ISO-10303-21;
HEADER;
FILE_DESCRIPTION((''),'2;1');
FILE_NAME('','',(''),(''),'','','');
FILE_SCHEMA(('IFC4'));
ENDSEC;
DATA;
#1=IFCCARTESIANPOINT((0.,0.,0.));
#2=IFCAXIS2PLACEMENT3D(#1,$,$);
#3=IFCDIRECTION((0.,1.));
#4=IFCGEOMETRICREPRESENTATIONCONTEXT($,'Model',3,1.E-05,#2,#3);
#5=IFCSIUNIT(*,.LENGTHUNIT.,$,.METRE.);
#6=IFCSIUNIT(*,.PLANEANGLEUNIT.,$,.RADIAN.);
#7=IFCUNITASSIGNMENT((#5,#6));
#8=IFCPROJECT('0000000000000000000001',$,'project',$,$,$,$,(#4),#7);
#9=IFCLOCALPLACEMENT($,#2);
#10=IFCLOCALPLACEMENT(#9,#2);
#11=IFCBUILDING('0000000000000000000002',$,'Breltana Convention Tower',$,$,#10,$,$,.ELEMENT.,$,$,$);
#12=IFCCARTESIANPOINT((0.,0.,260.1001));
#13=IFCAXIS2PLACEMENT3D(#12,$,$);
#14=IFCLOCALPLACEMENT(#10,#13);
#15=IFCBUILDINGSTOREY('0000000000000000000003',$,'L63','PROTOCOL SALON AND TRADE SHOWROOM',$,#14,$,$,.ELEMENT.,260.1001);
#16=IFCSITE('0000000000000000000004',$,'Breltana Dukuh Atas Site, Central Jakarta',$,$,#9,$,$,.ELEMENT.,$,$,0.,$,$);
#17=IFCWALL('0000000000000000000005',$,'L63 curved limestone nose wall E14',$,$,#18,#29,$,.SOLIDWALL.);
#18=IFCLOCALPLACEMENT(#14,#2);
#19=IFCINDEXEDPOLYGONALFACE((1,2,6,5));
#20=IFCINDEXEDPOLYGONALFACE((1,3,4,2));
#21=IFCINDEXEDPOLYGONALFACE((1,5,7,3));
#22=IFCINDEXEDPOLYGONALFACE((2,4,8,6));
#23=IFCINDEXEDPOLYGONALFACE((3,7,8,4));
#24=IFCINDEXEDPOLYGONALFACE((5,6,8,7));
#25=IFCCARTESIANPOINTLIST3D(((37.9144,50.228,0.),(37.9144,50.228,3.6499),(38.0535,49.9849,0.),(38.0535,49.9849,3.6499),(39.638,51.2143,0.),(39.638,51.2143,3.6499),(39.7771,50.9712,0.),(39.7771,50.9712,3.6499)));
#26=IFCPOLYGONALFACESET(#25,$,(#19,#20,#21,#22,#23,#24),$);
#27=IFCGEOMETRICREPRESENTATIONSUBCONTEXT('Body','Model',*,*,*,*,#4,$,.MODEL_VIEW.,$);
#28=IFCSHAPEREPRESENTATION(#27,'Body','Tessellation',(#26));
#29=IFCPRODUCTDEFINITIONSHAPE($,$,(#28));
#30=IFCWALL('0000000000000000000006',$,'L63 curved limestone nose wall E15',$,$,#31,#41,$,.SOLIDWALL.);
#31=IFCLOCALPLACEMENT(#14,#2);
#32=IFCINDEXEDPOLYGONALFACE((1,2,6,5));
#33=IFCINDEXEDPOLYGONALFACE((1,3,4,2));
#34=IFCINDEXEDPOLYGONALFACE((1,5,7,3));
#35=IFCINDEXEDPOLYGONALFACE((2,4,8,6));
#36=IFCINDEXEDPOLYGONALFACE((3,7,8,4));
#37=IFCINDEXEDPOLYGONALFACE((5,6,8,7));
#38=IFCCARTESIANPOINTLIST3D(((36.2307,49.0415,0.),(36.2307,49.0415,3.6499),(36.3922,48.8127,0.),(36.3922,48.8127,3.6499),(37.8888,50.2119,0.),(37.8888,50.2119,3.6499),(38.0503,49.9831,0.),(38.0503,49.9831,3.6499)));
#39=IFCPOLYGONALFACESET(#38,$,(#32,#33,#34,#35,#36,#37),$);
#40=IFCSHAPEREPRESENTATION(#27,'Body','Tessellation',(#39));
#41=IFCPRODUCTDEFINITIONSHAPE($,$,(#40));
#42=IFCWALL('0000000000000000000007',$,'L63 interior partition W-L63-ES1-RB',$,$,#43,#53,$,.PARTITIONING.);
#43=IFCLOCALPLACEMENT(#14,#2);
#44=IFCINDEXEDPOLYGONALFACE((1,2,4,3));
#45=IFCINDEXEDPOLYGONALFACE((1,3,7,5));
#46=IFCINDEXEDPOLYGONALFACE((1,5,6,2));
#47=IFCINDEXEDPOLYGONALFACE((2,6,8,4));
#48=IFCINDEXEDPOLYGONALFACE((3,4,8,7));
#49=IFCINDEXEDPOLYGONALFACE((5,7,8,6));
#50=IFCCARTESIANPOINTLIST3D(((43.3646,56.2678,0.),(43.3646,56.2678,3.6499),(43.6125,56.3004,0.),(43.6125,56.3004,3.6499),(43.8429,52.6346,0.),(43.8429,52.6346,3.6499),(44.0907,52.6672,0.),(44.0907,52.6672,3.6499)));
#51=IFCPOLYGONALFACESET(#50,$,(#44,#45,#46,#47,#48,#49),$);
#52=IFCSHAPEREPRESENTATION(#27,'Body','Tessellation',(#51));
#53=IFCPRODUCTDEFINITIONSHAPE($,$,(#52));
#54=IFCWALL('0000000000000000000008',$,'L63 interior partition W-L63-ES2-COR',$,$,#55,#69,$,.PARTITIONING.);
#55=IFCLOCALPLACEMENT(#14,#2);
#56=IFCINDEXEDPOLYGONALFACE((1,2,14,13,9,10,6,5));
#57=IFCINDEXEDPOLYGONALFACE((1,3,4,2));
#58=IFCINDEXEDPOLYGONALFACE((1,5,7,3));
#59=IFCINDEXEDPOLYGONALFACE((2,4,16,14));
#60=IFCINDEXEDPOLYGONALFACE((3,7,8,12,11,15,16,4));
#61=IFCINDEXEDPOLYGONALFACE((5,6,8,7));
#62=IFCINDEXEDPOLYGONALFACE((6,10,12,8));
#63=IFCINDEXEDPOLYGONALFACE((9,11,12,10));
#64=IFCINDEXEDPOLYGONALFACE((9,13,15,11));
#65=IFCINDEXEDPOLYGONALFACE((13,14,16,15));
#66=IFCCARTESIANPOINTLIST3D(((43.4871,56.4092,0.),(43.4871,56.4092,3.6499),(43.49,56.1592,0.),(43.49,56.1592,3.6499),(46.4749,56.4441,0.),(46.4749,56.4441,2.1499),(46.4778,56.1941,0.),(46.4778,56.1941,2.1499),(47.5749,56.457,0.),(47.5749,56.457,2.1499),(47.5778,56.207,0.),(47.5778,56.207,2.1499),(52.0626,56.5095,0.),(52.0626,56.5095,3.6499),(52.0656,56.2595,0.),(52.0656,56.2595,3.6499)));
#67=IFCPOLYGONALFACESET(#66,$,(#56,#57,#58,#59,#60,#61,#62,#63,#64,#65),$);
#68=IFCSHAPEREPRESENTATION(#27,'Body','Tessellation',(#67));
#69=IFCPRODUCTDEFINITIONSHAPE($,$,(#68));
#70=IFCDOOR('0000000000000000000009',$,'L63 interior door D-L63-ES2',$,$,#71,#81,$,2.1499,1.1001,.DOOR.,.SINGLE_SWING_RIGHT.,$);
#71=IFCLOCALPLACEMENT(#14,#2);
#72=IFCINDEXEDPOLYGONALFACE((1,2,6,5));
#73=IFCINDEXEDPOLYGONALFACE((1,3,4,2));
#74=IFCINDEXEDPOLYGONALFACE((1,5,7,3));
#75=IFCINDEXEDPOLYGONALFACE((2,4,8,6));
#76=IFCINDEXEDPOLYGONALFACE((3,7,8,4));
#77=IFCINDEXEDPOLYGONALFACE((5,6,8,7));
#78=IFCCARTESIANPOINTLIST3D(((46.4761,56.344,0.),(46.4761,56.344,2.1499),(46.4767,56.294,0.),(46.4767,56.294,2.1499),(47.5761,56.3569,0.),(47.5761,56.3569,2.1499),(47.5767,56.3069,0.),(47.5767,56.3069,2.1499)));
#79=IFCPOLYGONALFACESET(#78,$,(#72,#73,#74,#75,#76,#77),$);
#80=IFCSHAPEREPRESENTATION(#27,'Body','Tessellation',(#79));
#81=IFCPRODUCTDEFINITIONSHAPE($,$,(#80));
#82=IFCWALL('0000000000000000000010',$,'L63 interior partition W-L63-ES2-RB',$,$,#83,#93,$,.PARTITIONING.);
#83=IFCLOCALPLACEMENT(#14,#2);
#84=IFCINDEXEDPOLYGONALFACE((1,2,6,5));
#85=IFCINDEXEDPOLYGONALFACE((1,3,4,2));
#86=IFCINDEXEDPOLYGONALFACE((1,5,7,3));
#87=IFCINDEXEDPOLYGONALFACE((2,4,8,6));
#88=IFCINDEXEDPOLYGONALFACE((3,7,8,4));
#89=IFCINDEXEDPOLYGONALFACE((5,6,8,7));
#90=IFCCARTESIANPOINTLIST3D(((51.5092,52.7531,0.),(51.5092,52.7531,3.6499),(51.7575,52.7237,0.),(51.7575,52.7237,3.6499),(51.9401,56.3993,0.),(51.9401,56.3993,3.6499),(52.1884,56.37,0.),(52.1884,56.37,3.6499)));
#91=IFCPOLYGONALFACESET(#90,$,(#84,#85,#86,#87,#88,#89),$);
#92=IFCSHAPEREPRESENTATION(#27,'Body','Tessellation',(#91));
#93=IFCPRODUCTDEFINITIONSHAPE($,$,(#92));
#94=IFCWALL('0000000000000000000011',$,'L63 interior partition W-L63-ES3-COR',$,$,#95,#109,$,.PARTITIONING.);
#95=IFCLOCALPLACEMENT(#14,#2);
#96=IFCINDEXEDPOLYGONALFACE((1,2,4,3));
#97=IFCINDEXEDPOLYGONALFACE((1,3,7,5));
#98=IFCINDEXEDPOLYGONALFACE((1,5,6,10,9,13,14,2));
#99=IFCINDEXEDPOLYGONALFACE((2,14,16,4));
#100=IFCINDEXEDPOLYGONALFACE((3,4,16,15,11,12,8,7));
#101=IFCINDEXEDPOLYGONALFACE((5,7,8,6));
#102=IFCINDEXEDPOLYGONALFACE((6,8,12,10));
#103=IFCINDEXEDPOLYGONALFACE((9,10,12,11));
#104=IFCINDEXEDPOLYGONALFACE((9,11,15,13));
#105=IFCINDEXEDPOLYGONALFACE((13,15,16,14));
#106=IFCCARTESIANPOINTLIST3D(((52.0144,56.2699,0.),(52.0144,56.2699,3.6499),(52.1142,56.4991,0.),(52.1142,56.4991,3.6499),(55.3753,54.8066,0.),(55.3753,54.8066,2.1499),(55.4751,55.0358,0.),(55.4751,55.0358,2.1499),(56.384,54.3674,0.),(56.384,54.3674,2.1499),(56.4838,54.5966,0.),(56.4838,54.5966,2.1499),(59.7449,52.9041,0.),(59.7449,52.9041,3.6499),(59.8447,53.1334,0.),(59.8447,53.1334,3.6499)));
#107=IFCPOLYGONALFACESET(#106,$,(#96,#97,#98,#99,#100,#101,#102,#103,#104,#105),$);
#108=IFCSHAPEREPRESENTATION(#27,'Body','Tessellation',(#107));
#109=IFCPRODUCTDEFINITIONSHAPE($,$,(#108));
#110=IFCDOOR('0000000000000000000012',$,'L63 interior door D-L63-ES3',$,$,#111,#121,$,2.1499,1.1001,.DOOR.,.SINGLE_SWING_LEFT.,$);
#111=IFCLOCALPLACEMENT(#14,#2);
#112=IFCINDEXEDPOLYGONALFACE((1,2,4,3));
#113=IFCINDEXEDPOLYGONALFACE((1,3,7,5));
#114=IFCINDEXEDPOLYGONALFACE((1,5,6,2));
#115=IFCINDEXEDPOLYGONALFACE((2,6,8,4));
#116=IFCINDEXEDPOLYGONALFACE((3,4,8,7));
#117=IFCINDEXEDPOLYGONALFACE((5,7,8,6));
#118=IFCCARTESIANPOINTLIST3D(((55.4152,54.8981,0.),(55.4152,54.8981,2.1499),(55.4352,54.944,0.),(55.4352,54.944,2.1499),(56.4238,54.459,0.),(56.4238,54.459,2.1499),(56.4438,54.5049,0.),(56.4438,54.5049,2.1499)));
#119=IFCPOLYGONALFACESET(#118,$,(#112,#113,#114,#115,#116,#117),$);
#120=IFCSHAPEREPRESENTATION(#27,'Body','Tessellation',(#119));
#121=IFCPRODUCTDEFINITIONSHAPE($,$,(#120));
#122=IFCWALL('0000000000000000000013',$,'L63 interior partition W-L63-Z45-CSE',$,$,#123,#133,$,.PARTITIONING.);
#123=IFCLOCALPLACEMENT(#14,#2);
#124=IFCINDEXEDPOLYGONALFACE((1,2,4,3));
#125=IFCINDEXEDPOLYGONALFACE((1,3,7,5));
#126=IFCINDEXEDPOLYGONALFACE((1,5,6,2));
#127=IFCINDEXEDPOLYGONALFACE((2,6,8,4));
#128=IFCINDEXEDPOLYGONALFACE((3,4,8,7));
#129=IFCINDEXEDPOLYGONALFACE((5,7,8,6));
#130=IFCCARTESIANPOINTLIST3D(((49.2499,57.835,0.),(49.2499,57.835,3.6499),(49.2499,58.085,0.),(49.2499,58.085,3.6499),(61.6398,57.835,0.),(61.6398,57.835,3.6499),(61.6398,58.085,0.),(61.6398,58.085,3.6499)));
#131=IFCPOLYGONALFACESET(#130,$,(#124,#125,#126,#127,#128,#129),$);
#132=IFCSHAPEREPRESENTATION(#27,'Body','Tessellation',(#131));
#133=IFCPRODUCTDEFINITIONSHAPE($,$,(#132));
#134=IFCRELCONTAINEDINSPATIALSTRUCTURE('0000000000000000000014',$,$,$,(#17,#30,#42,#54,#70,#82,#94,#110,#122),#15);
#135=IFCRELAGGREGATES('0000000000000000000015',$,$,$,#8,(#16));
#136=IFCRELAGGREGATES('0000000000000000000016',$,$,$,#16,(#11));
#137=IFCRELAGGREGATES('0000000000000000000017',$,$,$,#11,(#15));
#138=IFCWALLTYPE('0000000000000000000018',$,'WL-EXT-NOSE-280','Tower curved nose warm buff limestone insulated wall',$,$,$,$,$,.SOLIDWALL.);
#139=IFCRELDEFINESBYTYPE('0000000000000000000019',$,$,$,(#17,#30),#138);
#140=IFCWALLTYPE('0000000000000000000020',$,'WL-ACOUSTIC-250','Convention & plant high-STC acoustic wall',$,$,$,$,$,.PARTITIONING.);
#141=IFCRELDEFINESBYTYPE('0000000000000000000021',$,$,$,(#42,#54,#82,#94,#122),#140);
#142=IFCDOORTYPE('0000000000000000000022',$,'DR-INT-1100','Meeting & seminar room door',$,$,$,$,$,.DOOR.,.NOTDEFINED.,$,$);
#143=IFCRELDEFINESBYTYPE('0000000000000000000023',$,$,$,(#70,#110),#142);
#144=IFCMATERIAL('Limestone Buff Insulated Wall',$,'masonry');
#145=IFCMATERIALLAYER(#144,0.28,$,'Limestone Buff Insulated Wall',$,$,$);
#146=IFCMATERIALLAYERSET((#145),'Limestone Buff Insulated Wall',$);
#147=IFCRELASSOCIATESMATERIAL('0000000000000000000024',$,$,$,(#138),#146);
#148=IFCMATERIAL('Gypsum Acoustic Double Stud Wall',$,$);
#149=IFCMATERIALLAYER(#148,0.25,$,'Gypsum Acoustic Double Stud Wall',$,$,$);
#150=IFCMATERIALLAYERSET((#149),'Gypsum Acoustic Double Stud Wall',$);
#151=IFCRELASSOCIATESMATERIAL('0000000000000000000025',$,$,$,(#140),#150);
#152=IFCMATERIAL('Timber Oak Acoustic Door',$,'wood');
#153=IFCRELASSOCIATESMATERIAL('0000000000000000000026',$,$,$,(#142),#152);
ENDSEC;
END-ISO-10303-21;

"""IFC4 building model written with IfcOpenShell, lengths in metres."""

from ifc_helpers import new_model, si_unit, direction, frame, frame_2d, origin, place, context, subcontext, project, spatial, rectangle, extrude, source, transform, mapped, material, layer, layer_set, type_object, type_shapes, element, fill, save


model = new_model("IFC4")

# Units and contexts
model_context = context("Model", 3, precision=1e-05, world=origin(), true_north=direction((0.0, 1.0)))
body_context = subcontext(model_context, "Body", "Model", "MODEL_VIEW")
ifc_project = project(units=[si_unit("LENGTHUNIT", "METRE"), si_unit("PLANEANGLEUNIT", "RADIAN")], contexts=[model_context])

# Site, building, storey
site_placement = place(None, origin())
site = spatial("IfcSite", under=ifc_project, at=site_placement, Name="Breltana Dukuh Atas Site, Central Jakarta", CompositionType="ELEMENT", RefElevation=0.0)
building_placement = place(site_placement, origin())
building = spatial("IfcBuilding", under=site, at=building_placement, Name="Breltana Convention Tower", CompositionType="ELEMENT")
storey_placement = place(building_placement, frame((0.0, 0.0, 260.1001)))
storey = spatial("IfcBuildingStorey", under=building, at=storey_placement, Name="L63", Description="PROTOCOL SALON AND TRADE SHOWROOM", CompositionType="ELEMENT", Elevation=260.1001)

# Walls
ifc_material_1 = material(Name="Limestone Buff Insulated Wall", Category="masonry")
ifc_layer_1 = layer(ifc_material_1, 0.28, Name="Limestone Buff Insulated Wall")
ifc_layer_set_1 = layer_set([ifc_layer_1], Name="Limestone Buff Insulated Wall")
wall_type_1 = type_object("IfcWallType", Name="WL-EXT-NOSE-280", Description="Tower curved nose warm buff limestone insulated wall", PredefinedType="SOLIDWALL", material=ifc_layer_set_1)
shared_shape_1 = source(origin(), body_context, "Body", "SweptSolid", [
    extrude(rectangle(XDim=1.9858, YDim=0.28, at=frame_2d((0.9929, 0.0))), origin(), (0.0, 0.0, 1.0), 3.6499),
])
wall_1_placement = place(storey_placement, frame((39.7075, 51.0928, 0.0), z_axis=(0.0, 0.0, 1.0), x_axis=(-0.86794, -0.496668, 0.0)))
element("IfcWall", 1, at=wall_1_placement, inside=storey, type_object=wall_type_1, Name="L63 curved limestone nose wall E14", PredefinedType="SOLIDWALL", context=body_context, shape_type="MappedRepresentation", body=[
    mapped(shared_shape_1, transform((0.0, 0.0, 0.0), scale=1.0)),
])
shared_shape_2 = source(origin(), body_context, "Body", "SweptSolid", [
    extrude(rectangle(XDim=2.0295, YDim=0.28, at=frame_2d((1.0146, 0.0))), origin(), (0.0, 0.0, 1.0), 3.6499),
])
wall_2_placement = place(storey_placement, frame((37.9695, 50.0974, 0.0), z_axis=(0.0, 0.0, 1.0), x_axis=(-0.816988, -0.576655, 0.0)))
element("IfcWall", 2, at=wall_2_placement, inside=storey, type_object=wall_type_1, Name="L63 curved limestone nose wall E15", PredefinedType="SOLIDWALL", context=body_context, shape_type="MappedRepresentation", body=[
    mapped(shared_shape_2, transform((0.0, 0.0, 0.0), scale=1.0)),
])
ifc_material_2 = material(Name="Gypsum Acoustic Double Stud Wall")
ifc_layer_2 = layer(ifc_material_2, 0.25, Name="Gypsum Acoustic Double Stud Wall")
ifc_layer_set_2 = layer_set([ifc_layer_2], Name="Gypsum Acoustic Double Stud Wall")
wall_type_2 = type_object("IfcWallType", Name="WL-ACOUSTIC-250", Description="Convention & plant high-STC acoustic wall", PredefinedType="PARTITIONING", material=ifc_layer_set_2)
shared_shape_3 = source(origin(), body_context, "Body", "SweptSolid", [
    extrude(rectangle(XDim=3.6646, YDim=0.25, at=frame_2d((1.8323, 0.0))), origin(), (0.0, 0.0, 1.0), 3.6499),
])
wall_3_placement = place(storey_placement, frame((43.9668, 52.6509, 0.0), z_axis=(0.0, 0.0, 1.0), x_axis=(-0.13051, 0.991447, 0.0)))
element("IfcWall", 3, at=wall_3_placement, inside=storey, type_object=wall_type_2, Name="L63 interior partition W-L63-ES1-RB", PredefinedType="PARTITIONING", context=body_context, shape_type="MappedRepresentation", body=[
    mapped(shared_shape_3, transform((0.0, 0.0, 0.0), scale=1.0)),
])

# Wall, opening, door
shared_shape_4 = source(origin(), body_context, "Body", "SweptSolid", [
    extrude(rectangle(XDim=8.5762, YDim=0.25, at=frame_2d((4.2881, 0.0))), origin(), (0.0, 0.0, 1.0), 3.6499),
])
wall_4_placement = place(storey_placement, frame((43.4885, 56.2842, 0.0), z_axis=(0.0, 0.0, 1.0), x_axis=(0.999932, 0.0117, 0.0)))
wall_4 = element("IfcWall", 4, at=wall_4_placement, inside=storey, type_object=wall_type_2, Name="L63 interior partition W-L63-ES2-COR", PredefinedType="PARTITIONING", context=body_context, shape_type="MappedRepresentation", body=[
    mapped(shared_shape_4, transform((0.0, 0.0, 0.0), scale=1.0)),
])
opening_1_placement = place(wall_4_placement, frame((2.988, 0.0, 0.0)))
opening_1 = element("IfcOpeningElement", 5, at=opening_1_placement, cuts=wall_4, PredefinedType="OPENING", context=body_context, shape_type="SweptSolid", body=[
    extrude(rectangle(XDim=1.1001, YDim=2.1499, at=frame_2d((0.55, 1.075))), frame((0.0, 0.135, 0.0), z_axis=(0.0, -1.0, 0.0), x_axis=(1.0, 0.0, 0.0)), (0.0, 0.0, 1.0), 0.27),
])
ifc_material_3 = material(Name="Timber Oak Acoustic Door", Category="wood")
door_type = type_object("IfcDoorType", Name="DR-INT-1100", Description="Meeting & seminar room door", OperationType="NOTDEFINED", PredefinedType="DOOR", material=ifc_material_3)
shared_shape_5 = source(origin(), body_context, "Body", "SweptSolid", [
    extrude(rectangle(XDim=1.1001, YDim=2.1499, at=frame_2d((0.55, 1.075))), frame((0.0, 0.0249, 0.0), z_axis=(0.0, -1.0, 0.0), x_axis=(1.0, 0.0, 0.0)), (0.0, 0.0, 1.0), 0.05),
])
type_shapes(door_type, [shared_shape_5])
door_1_placement = place(opening_1_placement, origin())
door_1 = element("IfcDoor", 6, at=door_1_placement, inside=storey, type_object=door_type, Name="L63 interior door D-L63-ES2", OperationType="SINGLE_SWING_RIGHT", OverallHeight=2.1499, OverallWidth=1.1001, PredefinedType="DOOR", context=body_context, shape_type="MappedRepresentation", body=[
    mapped(shared_shape_5, transform((0.0, 0.0, 0.0), scale=1.0)),
])
fill(opening_1, door_1)

# Wall
shared_shape_6 = source(origin(), body_context, "Body", "SweptSolid", [
    extrude(rectangle(XDim=3.6716, YDim=0.25, at=frame_2d((1.8359, 0.0))), origin(), (0.0, 0.0, 1.0), 3.6499),
])
wall_5_placement = place(storey_placement, frame((51.6333, 52.7383, 0.0), z_axis=(0.0, 0.0, 1.0), x_axis=(0.117362, 0.993089, 0.0)))
element("IfcWall", 7, at=wall_5_placement, inside=storey, type_object=wall_type_2, Name="L63 interior partition W-L63-ES2-RB", PredefinedType="PARTITIONING", context=body_context, shape_type="MappedRepresentation", body=[
    mapped(shared_shape_6, transform((0.0, 0.0, 0.0), scale=1.0)),
])

# Wall, opening, door
shared_shape_7 = source(origin(), body_context, "Body", "SweptSolid", [
    extrude(rectangle(XDim=8.4314, YDim=0.25, at=frame_2d((4.2158, 0.0))), origin(), (0.0, 0.0, 1.0), 3.6499),
])
wall_6_placement = place(storey_placement, frame((52.0642, 56.3845, 0.0), z_axis=(0.0, 0.0, 1.0), x_axis=(0.916868, -0.39919, 0.0)))
wall_6 = element("IfcWall", 8, at=wall_6_placement, inside=storey, type_object=wall_type_2, Name="L63 interior partition W-L63-ES3-COR", PredefinedType="PARTITIONING", context=body_context, shape_type="MappedRepresentation", body=[
    mapped(shared_shape_7, transform((0.0, 0.0, 0.0), scale=1.0)),
])
opening_2_placement = place(wall_6_placement, frame((3.6658, 0.0, 0.0)))
opening_2 = element("IfcOpeningElement", 9, at=opening_2_placement, cuts=wall_6, PredefinedType="OPENING", context=body_context, shape_type="SweptSolid", body=[
    extrude(rectangle(XDim=1.1001, YDim=2.1499, at=frame_2d((0.55, 1.075))), frame((0.0, 0.135, 0.0), z_axis=(0.0, -1.0, 0.0), x_axis=(1.0, 0.0, 0.0)), (0.0, 0.0, 1.0), 0.27),
])
door_2_placement = place(opening_2_placement, origin())
door_2 = element("IfcDoor", 10, at=door_2_placement, inside=storey, type_object=door_type, Name="L63 interior door D-L63-ES3", OperationType="SINGLE_SWING_LEFT", OverallHeight=2.1499, OverallWidth=1.1001, PredefinedType="DOOR", context=body_context, shape_type="MappedRepresentation", body=[
    mapped(shared_shape_5, transform((0.0, 0.0, 0.0), scale=1.0)),
])
fill(opening_2, door_2)

# Wall
shared_shape_8 = source(origin(), body_context, "Body", "SweptSolid", [
    extrude(rectangle(XDim=12.3899, YDim=0.25, at=frame_2d((6.1948, 0.0))), origin(), (0.0, 0.0, 1.0), 3.6499),
])
wall_7_placement = place(storey_placement, frame((49.25, 57.96, 0.0), z_axis=(0.0, 0.0, 1.0), x_axis=(1.0, 0.0, 0.0)))
element("IfcWall", 11, at=wall_7_placement, inside=storey, type_object=wall_type_2, Name="L63 interior partition W-L63-Z45-CSE", PredefinedType="PARTITIONING", context=body_context, shape_type="MappedRepresentation", body=[
    mapped(shared_shape_8, transform((0.0, 0.0, 0.0), scale=1.0)),
])

save(model, "model.ifc")
